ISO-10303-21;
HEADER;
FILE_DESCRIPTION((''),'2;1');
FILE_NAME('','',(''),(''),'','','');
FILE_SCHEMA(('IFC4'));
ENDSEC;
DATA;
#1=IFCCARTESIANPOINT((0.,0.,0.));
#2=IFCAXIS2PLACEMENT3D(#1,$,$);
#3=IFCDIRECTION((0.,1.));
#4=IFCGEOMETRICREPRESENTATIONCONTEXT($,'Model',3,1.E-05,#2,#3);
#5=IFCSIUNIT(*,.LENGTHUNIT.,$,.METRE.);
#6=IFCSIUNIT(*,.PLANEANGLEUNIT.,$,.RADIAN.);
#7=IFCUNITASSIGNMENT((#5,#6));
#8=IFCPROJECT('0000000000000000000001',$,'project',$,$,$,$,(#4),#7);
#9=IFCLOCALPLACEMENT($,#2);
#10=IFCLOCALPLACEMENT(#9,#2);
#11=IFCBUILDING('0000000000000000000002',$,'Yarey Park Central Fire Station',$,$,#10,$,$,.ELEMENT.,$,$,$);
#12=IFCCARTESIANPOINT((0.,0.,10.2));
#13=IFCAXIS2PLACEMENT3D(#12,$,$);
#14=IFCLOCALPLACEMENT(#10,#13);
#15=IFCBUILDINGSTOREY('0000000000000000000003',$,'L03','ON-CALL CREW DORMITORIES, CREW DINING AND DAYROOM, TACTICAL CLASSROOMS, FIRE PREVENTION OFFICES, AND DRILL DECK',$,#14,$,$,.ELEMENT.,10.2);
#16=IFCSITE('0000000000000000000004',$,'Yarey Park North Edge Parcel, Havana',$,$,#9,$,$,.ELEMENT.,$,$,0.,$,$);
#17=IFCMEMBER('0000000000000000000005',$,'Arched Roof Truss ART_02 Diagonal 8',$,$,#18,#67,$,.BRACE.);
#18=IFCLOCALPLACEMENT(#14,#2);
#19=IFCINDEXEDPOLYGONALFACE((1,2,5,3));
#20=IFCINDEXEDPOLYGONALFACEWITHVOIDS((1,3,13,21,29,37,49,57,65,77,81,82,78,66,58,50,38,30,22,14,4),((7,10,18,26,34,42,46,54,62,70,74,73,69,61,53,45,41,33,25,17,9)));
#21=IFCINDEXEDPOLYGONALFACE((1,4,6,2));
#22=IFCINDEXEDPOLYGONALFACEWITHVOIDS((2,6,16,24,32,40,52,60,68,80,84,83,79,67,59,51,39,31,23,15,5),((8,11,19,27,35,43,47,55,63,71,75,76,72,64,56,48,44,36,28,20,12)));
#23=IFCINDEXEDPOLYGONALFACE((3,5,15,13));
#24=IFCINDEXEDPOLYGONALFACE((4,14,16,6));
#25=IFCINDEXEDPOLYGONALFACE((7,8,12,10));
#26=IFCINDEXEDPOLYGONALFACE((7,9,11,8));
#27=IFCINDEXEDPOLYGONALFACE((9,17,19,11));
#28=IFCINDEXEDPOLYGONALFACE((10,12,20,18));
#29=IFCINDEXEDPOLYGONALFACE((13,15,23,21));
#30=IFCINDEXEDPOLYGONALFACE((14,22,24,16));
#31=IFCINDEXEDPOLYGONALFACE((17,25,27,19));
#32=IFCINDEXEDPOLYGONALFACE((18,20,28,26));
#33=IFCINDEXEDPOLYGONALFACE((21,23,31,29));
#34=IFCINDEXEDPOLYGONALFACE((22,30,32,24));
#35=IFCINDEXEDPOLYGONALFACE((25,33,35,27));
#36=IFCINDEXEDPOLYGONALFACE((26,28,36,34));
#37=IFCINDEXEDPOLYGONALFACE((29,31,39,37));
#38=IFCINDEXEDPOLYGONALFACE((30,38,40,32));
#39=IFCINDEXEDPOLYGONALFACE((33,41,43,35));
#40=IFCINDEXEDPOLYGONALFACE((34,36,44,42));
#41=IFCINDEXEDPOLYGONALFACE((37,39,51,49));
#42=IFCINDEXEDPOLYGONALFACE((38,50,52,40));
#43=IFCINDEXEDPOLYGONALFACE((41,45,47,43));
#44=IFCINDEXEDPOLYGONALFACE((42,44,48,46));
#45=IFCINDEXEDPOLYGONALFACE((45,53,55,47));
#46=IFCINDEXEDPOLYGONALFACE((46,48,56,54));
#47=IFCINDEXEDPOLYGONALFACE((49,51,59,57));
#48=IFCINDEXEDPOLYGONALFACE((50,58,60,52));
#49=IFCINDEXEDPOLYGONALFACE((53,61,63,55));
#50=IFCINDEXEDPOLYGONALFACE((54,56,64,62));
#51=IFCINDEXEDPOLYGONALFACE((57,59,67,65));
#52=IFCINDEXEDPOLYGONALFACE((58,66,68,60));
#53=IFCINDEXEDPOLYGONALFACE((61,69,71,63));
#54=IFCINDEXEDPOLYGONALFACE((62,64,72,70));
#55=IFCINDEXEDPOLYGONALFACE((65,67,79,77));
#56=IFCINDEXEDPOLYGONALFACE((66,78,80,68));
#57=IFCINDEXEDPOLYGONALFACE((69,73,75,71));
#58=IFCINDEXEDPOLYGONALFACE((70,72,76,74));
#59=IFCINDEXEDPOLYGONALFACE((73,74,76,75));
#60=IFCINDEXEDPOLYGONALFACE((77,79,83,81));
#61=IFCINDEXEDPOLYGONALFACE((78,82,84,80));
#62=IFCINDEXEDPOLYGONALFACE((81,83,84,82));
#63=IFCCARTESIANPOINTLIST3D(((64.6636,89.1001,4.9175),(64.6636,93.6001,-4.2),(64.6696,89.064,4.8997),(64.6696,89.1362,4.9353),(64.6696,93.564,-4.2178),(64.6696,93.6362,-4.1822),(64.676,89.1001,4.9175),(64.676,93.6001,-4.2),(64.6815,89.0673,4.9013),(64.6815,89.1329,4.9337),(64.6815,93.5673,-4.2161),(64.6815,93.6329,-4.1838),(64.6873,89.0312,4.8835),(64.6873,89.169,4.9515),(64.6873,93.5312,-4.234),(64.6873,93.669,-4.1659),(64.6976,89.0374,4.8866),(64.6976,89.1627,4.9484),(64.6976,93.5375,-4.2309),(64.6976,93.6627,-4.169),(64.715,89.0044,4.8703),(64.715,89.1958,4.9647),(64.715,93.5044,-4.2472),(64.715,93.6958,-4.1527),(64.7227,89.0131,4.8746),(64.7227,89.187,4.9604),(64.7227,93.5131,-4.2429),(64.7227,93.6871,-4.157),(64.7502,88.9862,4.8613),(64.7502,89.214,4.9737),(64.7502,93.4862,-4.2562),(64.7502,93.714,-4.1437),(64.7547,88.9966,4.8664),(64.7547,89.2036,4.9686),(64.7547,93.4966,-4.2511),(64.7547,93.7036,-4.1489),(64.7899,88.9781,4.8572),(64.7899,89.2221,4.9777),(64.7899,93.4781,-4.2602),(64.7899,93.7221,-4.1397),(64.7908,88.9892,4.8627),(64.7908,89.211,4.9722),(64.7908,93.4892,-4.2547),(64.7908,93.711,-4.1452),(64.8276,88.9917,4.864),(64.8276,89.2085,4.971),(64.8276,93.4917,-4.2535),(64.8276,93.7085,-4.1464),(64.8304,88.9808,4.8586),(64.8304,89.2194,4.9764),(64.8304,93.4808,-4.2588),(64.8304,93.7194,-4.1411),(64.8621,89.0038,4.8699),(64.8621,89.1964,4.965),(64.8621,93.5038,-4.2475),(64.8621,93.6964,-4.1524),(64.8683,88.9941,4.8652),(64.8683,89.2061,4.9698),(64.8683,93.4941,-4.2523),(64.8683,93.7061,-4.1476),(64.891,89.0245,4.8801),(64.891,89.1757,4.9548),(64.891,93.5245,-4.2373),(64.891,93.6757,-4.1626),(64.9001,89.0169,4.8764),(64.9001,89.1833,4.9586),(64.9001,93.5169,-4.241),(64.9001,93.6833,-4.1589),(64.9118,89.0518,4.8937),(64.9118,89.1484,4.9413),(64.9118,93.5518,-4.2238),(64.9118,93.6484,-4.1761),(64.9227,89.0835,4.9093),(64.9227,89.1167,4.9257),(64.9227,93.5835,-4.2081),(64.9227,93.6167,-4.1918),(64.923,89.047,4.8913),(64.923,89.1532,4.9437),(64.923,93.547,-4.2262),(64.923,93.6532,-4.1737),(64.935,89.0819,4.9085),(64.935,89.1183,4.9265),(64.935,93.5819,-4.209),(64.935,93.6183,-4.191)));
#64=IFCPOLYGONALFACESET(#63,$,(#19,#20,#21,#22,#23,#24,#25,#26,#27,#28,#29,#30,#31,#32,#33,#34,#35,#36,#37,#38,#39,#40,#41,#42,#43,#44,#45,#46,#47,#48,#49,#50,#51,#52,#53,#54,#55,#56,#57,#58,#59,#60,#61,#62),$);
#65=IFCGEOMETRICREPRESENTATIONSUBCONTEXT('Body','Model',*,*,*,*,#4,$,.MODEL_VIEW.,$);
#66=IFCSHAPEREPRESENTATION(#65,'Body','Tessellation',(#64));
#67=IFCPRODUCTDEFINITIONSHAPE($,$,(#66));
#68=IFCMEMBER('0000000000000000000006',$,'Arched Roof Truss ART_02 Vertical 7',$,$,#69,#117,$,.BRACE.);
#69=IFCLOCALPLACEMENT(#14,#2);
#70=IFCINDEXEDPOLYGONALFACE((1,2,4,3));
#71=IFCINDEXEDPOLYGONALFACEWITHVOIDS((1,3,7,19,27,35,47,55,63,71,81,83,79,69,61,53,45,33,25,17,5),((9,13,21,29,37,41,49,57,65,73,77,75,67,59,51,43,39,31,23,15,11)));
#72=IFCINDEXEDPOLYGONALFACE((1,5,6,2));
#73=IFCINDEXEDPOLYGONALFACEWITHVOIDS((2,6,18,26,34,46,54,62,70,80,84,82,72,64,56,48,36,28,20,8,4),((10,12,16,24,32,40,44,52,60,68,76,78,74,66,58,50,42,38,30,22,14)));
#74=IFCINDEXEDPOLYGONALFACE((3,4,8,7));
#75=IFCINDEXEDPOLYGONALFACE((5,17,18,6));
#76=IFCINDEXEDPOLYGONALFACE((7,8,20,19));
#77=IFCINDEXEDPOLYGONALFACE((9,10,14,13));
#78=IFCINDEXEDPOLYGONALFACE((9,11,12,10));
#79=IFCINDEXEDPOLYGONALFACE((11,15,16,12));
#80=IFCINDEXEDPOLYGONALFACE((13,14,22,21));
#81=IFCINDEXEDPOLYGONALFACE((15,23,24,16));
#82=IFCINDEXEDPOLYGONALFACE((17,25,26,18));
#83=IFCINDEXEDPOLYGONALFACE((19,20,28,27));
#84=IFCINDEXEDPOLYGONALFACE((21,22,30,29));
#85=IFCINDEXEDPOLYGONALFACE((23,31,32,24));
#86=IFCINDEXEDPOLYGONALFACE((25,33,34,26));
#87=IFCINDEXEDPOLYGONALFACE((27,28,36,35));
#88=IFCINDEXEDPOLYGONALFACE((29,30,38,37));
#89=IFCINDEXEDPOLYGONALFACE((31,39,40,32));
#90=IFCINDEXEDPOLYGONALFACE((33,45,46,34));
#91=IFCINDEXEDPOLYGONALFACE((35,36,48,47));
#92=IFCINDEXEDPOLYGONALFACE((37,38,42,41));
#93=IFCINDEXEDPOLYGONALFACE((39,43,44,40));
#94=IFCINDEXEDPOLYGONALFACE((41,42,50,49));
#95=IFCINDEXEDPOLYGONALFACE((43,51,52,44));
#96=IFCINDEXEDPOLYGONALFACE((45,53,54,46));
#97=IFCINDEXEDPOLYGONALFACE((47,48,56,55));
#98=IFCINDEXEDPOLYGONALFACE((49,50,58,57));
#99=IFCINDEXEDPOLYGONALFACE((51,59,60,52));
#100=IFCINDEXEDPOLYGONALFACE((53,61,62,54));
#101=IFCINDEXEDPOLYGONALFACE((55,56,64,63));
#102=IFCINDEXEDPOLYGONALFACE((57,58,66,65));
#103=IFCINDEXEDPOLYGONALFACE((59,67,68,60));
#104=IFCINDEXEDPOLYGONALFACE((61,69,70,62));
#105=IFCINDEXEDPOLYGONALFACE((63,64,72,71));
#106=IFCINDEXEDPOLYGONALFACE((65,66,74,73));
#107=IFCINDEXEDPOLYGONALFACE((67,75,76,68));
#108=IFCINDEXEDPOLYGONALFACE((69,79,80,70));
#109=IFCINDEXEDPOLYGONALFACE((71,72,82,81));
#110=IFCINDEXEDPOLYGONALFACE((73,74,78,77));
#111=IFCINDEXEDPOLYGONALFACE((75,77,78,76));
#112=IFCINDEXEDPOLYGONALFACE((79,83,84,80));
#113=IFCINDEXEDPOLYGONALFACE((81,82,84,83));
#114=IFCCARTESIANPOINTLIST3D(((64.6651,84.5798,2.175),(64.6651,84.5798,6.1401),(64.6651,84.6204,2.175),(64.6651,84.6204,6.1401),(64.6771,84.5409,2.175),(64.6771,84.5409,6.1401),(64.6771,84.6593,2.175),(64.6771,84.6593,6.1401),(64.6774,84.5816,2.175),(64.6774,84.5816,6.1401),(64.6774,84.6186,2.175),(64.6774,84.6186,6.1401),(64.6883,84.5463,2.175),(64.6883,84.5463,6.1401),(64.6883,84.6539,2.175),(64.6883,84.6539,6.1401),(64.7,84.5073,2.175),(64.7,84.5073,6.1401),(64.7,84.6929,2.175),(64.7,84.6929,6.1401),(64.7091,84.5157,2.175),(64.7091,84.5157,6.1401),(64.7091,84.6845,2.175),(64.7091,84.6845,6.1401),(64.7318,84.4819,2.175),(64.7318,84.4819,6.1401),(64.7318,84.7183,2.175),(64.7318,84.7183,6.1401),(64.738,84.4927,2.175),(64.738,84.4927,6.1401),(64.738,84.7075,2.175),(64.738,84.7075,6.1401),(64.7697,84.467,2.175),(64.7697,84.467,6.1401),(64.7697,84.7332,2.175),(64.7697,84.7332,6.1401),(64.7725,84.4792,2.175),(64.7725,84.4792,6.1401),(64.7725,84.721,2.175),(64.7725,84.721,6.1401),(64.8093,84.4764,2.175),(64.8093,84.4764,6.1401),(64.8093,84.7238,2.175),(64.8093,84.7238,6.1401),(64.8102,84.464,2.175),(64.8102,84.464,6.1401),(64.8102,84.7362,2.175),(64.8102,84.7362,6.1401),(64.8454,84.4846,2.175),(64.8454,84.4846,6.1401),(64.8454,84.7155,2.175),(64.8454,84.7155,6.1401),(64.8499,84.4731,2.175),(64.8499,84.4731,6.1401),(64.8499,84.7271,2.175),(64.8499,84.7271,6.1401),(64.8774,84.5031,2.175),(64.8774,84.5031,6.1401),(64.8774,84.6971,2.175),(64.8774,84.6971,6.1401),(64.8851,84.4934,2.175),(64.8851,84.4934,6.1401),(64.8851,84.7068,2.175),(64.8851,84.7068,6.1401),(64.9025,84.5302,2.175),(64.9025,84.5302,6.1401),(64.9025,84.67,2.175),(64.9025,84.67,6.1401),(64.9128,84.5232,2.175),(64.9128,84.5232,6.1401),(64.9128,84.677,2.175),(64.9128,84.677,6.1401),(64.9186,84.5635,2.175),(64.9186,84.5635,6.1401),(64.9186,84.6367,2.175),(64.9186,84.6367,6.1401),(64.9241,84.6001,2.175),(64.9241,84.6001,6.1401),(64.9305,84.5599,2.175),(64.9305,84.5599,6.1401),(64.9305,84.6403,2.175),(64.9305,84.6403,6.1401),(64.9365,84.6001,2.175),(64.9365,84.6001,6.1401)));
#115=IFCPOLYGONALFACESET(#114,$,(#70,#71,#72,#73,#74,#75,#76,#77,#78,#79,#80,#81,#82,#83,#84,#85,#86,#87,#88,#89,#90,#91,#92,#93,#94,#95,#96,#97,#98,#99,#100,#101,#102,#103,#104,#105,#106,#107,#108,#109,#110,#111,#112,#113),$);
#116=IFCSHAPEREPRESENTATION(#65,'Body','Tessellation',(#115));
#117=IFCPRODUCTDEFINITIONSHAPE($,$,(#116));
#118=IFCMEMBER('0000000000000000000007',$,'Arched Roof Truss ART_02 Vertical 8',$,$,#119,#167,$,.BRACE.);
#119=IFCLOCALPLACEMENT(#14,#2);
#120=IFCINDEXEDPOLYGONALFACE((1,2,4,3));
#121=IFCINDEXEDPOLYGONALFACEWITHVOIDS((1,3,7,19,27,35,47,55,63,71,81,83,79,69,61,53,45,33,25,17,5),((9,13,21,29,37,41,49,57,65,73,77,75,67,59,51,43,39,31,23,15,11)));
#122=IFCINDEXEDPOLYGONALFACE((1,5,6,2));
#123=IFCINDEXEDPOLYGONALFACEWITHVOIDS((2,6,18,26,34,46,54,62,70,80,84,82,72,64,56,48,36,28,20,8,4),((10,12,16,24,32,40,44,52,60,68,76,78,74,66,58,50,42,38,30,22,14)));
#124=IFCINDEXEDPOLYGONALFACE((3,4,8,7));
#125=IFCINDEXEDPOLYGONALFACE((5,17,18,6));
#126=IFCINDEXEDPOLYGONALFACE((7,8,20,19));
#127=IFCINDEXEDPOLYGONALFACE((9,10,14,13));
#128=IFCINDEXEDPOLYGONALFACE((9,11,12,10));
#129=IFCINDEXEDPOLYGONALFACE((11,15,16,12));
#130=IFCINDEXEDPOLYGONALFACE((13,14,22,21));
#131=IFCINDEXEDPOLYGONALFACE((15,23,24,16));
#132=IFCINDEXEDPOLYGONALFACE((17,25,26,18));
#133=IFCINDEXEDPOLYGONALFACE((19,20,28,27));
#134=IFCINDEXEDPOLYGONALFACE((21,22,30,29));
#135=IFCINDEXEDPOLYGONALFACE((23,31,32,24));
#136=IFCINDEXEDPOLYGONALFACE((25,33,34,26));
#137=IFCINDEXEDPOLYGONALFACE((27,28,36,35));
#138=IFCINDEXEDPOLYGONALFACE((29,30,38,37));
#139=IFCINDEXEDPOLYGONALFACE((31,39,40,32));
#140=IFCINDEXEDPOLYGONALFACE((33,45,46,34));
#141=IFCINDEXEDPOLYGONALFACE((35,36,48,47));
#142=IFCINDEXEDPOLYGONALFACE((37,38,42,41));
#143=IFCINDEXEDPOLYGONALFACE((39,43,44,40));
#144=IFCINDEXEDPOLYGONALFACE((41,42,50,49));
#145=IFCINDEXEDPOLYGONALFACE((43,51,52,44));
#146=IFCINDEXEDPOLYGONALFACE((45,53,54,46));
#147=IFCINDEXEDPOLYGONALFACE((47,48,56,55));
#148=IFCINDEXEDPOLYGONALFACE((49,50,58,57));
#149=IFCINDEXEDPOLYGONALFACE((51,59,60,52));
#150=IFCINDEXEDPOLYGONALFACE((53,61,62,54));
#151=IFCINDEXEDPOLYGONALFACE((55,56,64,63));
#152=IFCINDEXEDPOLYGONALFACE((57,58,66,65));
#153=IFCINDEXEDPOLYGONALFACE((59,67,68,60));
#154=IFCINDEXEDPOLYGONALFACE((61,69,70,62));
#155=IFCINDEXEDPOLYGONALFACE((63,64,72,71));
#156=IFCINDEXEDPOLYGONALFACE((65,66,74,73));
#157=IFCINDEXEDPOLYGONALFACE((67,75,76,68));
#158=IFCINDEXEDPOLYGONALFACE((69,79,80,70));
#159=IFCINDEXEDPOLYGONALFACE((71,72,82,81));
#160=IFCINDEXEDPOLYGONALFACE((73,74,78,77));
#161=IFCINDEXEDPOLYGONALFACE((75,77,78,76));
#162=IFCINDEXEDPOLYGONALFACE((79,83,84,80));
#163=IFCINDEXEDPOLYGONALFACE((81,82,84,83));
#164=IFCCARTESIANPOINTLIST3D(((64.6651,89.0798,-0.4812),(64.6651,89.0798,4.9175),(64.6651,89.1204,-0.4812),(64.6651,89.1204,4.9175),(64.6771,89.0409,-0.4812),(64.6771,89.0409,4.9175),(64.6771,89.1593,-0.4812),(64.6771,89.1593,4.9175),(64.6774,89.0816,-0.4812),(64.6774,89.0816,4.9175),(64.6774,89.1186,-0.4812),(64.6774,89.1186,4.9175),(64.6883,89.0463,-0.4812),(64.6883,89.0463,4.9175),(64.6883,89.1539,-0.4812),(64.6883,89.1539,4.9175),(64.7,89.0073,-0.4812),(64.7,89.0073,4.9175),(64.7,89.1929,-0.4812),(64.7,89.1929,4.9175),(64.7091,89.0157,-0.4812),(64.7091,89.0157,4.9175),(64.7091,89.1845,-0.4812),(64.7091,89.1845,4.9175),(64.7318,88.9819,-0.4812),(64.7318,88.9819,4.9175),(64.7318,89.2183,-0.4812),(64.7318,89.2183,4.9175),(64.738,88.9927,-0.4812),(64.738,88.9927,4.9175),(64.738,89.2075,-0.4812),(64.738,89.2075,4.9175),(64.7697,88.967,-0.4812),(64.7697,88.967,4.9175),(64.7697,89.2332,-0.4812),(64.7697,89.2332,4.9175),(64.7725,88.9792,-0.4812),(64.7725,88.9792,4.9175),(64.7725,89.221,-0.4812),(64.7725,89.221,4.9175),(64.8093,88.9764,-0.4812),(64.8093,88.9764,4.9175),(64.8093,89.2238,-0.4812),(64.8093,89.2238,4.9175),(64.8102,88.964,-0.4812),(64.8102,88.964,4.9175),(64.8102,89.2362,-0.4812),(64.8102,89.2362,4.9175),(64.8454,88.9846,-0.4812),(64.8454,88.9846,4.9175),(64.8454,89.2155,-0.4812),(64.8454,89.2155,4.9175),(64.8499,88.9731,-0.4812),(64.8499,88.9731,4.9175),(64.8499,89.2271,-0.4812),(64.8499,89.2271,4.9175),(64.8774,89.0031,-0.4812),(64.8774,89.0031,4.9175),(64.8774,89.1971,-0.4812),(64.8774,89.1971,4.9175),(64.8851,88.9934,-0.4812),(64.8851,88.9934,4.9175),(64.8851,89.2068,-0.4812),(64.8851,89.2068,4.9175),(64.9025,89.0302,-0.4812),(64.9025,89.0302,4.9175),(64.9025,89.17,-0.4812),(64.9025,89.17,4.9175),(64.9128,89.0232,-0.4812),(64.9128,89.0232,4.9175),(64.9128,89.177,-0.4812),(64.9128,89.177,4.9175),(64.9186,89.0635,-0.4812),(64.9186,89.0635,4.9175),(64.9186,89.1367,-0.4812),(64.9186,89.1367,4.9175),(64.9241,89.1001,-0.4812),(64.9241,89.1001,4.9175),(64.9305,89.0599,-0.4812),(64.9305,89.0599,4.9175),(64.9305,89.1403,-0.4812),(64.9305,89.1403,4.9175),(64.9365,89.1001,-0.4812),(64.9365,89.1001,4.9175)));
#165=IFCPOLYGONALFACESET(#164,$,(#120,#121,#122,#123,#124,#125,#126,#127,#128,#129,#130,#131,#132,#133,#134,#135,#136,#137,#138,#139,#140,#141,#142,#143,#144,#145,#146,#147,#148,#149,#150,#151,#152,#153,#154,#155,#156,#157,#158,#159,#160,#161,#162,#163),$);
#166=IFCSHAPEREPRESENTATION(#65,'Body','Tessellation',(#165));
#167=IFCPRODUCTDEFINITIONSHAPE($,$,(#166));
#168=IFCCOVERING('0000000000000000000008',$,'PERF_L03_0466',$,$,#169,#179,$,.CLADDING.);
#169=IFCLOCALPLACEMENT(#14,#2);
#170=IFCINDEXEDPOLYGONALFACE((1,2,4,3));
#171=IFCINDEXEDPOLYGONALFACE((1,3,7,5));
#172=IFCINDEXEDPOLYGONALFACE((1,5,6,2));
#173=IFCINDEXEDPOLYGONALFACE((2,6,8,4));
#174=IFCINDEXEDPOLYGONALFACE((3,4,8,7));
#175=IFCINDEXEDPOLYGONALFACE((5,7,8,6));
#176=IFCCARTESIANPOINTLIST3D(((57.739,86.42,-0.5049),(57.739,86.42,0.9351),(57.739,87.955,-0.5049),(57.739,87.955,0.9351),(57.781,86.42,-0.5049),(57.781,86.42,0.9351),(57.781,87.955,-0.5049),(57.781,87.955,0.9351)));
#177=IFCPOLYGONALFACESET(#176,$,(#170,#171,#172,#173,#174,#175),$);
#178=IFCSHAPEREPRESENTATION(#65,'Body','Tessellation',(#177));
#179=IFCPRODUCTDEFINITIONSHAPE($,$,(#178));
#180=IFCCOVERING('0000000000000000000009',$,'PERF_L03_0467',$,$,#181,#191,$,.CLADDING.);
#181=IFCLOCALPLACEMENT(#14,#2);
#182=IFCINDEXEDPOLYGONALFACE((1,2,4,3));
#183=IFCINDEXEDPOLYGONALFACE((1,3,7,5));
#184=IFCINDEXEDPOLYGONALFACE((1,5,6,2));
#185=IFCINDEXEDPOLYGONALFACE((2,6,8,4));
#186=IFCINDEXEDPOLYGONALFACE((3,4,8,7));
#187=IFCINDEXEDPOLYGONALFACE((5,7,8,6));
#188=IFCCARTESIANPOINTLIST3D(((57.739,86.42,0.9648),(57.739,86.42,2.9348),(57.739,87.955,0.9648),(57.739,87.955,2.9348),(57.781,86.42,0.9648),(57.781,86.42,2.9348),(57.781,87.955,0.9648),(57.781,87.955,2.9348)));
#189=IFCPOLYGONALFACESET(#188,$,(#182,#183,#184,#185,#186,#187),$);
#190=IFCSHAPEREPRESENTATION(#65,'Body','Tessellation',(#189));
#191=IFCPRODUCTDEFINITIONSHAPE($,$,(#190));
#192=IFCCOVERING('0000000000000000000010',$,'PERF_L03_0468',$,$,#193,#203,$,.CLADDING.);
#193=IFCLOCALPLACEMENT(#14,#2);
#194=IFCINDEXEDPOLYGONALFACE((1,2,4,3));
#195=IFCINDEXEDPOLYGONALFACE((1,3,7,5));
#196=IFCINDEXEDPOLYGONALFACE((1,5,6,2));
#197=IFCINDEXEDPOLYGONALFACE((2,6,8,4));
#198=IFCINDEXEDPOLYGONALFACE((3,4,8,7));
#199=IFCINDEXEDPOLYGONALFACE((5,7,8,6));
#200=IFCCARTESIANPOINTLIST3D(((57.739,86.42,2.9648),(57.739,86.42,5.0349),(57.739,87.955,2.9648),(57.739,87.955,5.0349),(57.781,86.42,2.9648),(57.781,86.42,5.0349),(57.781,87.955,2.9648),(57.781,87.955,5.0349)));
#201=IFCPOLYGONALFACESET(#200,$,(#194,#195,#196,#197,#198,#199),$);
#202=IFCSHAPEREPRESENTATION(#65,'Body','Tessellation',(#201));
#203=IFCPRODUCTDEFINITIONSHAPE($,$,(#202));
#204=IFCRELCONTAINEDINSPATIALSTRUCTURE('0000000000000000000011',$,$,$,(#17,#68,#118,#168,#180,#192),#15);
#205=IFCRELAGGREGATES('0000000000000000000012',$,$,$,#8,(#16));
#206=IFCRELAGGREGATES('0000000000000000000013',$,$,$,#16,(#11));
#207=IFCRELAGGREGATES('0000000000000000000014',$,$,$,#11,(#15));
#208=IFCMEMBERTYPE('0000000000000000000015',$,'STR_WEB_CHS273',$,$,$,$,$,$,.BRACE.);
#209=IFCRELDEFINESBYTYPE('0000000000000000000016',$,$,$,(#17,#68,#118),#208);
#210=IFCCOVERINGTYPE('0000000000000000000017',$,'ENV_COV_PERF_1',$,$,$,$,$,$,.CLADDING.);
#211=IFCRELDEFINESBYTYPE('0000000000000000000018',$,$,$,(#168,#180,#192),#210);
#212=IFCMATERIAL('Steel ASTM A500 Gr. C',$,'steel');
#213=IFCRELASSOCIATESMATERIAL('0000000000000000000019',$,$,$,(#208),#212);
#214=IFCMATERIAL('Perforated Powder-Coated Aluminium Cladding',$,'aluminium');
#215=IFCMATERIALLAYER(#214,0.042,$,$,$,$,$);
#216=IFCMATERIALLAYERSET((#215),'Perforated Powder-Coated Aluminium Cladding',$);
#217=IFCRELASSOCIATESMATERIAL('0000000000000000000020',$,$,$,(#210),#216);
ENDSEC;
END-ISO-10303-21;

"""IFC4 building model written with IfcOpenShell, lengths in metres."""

from ifc_helpers import new_model, si_unit, direction, frame, origin, origin_2d, place, context, subcontext, project, spatial, rectangle, hollow_circle, extrude, material, layer, layer_set, material_profile, profile_set, type_object, element, save


model = new_model("IFC4")

# Units and contexts
model_context = context("Model", 3, precision=1e-05, world=origin(), true_north=direction((0.0, 1.0)))
body_context = subcontext(model_context, "Body", "Model", "MODEL_VIEW")
ifc_project = project(units=[si_unit("LENGTHUNIT", "METRE"), si_unit("PLANEANGLEUNIT", "RADIAN")], contexts=[model_context])

# Site, building, storey
site_placement = place(None, origin())
site = spatial("IfcSite", under=ifc_project, at=site_placement, Name="Yarey Park North Edge Parcel, Havana", CompositionType="ELEMENT", RefElevation=0.0)
building_placement = place(site_placement, origin())
building = spatial("IfcBuilding", under=site, at=building_placement, Name="Yarey Park Central Fire Station", CompositionType="ELEMENT")
storey_placement = place(building_placement, frame((0.0, 0.0, 10.2)))
storey = spatial("IfcBuildingStorey", under=building, at=storey_placement, Name="L03", Description="ON-CALL CREW DORMITORIES, CREW DINING AND DAYROOM, TACTICAL CLASSROOMS, FIRE PREVENTION OFFICES, AND DRILL DECK", CompositionType="ELEMENT", Elevation=10.2)

# Members
ifc_material_1 = material(Name="Steel ASTM A500 Gr. C", Category="steel")
ifc_material_profile_1 = material_profile(ifc_material_1, hollow_circle(Radius=0.1365, WallThickness=0.0125, at=origin_2d()), Name="CHS 273x12.5")
ifc_profile_set_1 = profile_set([ifc_material_profile_1], Name="Steel ASTM A500 Gr. C")
member_type_1 = type_object("IfcMemberType", Name="STR_WEB_CHS273", PredefinedType="BRACE", material=ifc_profile_set_1)
member_1_placement = place(storey_placement, frame((64.8, 89.1001, 4.9175), z_axis=(0.0, 0.442588, -0.896725), x_axis=(-1.0, 0.0, 0.0)))
element("IfcMember", 1, at=member_1_placement, inside=storey, type_object=member_type_1, Name="Arched Roof Truss ART_02 Diagonal 8", PredefinedType="BRACE", context=body_context, shape_type="SweptSolid", body=[
    extrude(hollow_circle(Radius=0.1365, WallThickness=0.0125, at=origin_2d()), origin(), (0.0, 0.0, 1.0), 10.1675),
])
member_2_placement = place(storey_placement, frame((64.8, 84.6001, 2.175), z_axis=(0.0, 0.0, 1.0), x_axis=(1.0, 0.0, 0.0)))
element("IfcMember", 2, at=member_2_placement, inside=storey, type_object=member_type_1, Name="Arched Roof Truss ART_02 Vertical 7", PredefinedType="BRACE", context=body_context, shape_type="SweptSolid", body=[
    extrude(hollow_circle(Radius=0.1365, WallThickness=0.0125, at=origin_2d()), origin(), (0.0, 0.0, 1.0), 3.9651),
])
member_3_placement = place(storey_placement, frame((64.8, 89.1001, -0.4812), z_axis=(0.0, 0.0, 1.0), x_axis=(1.0, 0.0, 0.0)))
element("IfcMember", 3, at=member_3_placement, inside=storey, type_object=member_type_1, Name="Arched Roof Truss ART_02 Vertical 8", PredefinedType="BRACE", context=body_context, shape_type="SweptSolid", body=[
    extrude(hollow_circle(Radius=0.1365, WallThickness=0.0125, at=origin_2d()), origin(), (0.0, 0.0, 1.0), 5.3987),
])

# Coverings
ifc_material_2 = material(Name="Perforated Powder-Coated Aluminium Cladding", Category="aluminium")
ifc_layer_1 = layer(ifc_material_2, 0.042)
ifc_layer_set_1 = layer_set([ifc_layer_1], Name="Perforated Powder-Coated Aluminium Cladding")
covering_type_1 = type_object("IfcCoveringType", Name="ENV_COV_PERF_1", PredefinedType="CLADDING", material=ifc_layer_set_1)
covering_1_placement = place(storey_placement, frame((57.76, 87.1875, -0.5049), z_axis=(0.0, 0.0, 1.0), x_axis=(0.0, 1.0, 0.0)))
element("IfcCovering", 4, at=covering_1_placement, inside=storey, type_object=covering_type_1, Name="PERF_L03_0466", PredefinedType="CLADDING", context=body_context, shape_type="SweptSolid", body=[
    extrude(rectangle(XDim=1.5349, YDim=0.042, at=origin_2d()), origin(), (0.0, 0.0, 1.0), 1.4399),
])
covering_2_placement = place(storey_placement, frame((57.76, 87.1875, 0.9648), z_axis=(0.0, 0.0, 1.0), x_axis=(0.0, 1.0, 0.0)))
element("IfcCovering", 5, at=covering_2_placement, inside=storey, type_object=covering_type_1, Name="PERF_L03_0467", PredefinedType="CLADDING", context=body_context, shape_type="SweptSolid", body=[
    extrude(rectangle(XDim=1.5349, YDim=0.042, at=origin_2d()), origin(), (0.0, 0.0, 1.0), 1.97),
])
covering_3_placement = place(storey_placement, frame((57.76, 87.1875, 2.9648), z_axis=(0.0, 0.0, 1.0), x_axis=(0.0, 1.0, 0.0)))
element("IfcCovering", 6, at=covering_3_placement, inside=storey, type_object=covering_type_1, Name="PERF_L03_0468", PredefinedType="CLADDING", context=body_context, shape_type="SweptSolid", body=[
    extrude(rectangle(XDim=1.5349, YDim=0.042, at=origin_2d()), origin(), (0.0, 0.0, 1.0), 2.0701),
])

save(model, "model.ifc")
